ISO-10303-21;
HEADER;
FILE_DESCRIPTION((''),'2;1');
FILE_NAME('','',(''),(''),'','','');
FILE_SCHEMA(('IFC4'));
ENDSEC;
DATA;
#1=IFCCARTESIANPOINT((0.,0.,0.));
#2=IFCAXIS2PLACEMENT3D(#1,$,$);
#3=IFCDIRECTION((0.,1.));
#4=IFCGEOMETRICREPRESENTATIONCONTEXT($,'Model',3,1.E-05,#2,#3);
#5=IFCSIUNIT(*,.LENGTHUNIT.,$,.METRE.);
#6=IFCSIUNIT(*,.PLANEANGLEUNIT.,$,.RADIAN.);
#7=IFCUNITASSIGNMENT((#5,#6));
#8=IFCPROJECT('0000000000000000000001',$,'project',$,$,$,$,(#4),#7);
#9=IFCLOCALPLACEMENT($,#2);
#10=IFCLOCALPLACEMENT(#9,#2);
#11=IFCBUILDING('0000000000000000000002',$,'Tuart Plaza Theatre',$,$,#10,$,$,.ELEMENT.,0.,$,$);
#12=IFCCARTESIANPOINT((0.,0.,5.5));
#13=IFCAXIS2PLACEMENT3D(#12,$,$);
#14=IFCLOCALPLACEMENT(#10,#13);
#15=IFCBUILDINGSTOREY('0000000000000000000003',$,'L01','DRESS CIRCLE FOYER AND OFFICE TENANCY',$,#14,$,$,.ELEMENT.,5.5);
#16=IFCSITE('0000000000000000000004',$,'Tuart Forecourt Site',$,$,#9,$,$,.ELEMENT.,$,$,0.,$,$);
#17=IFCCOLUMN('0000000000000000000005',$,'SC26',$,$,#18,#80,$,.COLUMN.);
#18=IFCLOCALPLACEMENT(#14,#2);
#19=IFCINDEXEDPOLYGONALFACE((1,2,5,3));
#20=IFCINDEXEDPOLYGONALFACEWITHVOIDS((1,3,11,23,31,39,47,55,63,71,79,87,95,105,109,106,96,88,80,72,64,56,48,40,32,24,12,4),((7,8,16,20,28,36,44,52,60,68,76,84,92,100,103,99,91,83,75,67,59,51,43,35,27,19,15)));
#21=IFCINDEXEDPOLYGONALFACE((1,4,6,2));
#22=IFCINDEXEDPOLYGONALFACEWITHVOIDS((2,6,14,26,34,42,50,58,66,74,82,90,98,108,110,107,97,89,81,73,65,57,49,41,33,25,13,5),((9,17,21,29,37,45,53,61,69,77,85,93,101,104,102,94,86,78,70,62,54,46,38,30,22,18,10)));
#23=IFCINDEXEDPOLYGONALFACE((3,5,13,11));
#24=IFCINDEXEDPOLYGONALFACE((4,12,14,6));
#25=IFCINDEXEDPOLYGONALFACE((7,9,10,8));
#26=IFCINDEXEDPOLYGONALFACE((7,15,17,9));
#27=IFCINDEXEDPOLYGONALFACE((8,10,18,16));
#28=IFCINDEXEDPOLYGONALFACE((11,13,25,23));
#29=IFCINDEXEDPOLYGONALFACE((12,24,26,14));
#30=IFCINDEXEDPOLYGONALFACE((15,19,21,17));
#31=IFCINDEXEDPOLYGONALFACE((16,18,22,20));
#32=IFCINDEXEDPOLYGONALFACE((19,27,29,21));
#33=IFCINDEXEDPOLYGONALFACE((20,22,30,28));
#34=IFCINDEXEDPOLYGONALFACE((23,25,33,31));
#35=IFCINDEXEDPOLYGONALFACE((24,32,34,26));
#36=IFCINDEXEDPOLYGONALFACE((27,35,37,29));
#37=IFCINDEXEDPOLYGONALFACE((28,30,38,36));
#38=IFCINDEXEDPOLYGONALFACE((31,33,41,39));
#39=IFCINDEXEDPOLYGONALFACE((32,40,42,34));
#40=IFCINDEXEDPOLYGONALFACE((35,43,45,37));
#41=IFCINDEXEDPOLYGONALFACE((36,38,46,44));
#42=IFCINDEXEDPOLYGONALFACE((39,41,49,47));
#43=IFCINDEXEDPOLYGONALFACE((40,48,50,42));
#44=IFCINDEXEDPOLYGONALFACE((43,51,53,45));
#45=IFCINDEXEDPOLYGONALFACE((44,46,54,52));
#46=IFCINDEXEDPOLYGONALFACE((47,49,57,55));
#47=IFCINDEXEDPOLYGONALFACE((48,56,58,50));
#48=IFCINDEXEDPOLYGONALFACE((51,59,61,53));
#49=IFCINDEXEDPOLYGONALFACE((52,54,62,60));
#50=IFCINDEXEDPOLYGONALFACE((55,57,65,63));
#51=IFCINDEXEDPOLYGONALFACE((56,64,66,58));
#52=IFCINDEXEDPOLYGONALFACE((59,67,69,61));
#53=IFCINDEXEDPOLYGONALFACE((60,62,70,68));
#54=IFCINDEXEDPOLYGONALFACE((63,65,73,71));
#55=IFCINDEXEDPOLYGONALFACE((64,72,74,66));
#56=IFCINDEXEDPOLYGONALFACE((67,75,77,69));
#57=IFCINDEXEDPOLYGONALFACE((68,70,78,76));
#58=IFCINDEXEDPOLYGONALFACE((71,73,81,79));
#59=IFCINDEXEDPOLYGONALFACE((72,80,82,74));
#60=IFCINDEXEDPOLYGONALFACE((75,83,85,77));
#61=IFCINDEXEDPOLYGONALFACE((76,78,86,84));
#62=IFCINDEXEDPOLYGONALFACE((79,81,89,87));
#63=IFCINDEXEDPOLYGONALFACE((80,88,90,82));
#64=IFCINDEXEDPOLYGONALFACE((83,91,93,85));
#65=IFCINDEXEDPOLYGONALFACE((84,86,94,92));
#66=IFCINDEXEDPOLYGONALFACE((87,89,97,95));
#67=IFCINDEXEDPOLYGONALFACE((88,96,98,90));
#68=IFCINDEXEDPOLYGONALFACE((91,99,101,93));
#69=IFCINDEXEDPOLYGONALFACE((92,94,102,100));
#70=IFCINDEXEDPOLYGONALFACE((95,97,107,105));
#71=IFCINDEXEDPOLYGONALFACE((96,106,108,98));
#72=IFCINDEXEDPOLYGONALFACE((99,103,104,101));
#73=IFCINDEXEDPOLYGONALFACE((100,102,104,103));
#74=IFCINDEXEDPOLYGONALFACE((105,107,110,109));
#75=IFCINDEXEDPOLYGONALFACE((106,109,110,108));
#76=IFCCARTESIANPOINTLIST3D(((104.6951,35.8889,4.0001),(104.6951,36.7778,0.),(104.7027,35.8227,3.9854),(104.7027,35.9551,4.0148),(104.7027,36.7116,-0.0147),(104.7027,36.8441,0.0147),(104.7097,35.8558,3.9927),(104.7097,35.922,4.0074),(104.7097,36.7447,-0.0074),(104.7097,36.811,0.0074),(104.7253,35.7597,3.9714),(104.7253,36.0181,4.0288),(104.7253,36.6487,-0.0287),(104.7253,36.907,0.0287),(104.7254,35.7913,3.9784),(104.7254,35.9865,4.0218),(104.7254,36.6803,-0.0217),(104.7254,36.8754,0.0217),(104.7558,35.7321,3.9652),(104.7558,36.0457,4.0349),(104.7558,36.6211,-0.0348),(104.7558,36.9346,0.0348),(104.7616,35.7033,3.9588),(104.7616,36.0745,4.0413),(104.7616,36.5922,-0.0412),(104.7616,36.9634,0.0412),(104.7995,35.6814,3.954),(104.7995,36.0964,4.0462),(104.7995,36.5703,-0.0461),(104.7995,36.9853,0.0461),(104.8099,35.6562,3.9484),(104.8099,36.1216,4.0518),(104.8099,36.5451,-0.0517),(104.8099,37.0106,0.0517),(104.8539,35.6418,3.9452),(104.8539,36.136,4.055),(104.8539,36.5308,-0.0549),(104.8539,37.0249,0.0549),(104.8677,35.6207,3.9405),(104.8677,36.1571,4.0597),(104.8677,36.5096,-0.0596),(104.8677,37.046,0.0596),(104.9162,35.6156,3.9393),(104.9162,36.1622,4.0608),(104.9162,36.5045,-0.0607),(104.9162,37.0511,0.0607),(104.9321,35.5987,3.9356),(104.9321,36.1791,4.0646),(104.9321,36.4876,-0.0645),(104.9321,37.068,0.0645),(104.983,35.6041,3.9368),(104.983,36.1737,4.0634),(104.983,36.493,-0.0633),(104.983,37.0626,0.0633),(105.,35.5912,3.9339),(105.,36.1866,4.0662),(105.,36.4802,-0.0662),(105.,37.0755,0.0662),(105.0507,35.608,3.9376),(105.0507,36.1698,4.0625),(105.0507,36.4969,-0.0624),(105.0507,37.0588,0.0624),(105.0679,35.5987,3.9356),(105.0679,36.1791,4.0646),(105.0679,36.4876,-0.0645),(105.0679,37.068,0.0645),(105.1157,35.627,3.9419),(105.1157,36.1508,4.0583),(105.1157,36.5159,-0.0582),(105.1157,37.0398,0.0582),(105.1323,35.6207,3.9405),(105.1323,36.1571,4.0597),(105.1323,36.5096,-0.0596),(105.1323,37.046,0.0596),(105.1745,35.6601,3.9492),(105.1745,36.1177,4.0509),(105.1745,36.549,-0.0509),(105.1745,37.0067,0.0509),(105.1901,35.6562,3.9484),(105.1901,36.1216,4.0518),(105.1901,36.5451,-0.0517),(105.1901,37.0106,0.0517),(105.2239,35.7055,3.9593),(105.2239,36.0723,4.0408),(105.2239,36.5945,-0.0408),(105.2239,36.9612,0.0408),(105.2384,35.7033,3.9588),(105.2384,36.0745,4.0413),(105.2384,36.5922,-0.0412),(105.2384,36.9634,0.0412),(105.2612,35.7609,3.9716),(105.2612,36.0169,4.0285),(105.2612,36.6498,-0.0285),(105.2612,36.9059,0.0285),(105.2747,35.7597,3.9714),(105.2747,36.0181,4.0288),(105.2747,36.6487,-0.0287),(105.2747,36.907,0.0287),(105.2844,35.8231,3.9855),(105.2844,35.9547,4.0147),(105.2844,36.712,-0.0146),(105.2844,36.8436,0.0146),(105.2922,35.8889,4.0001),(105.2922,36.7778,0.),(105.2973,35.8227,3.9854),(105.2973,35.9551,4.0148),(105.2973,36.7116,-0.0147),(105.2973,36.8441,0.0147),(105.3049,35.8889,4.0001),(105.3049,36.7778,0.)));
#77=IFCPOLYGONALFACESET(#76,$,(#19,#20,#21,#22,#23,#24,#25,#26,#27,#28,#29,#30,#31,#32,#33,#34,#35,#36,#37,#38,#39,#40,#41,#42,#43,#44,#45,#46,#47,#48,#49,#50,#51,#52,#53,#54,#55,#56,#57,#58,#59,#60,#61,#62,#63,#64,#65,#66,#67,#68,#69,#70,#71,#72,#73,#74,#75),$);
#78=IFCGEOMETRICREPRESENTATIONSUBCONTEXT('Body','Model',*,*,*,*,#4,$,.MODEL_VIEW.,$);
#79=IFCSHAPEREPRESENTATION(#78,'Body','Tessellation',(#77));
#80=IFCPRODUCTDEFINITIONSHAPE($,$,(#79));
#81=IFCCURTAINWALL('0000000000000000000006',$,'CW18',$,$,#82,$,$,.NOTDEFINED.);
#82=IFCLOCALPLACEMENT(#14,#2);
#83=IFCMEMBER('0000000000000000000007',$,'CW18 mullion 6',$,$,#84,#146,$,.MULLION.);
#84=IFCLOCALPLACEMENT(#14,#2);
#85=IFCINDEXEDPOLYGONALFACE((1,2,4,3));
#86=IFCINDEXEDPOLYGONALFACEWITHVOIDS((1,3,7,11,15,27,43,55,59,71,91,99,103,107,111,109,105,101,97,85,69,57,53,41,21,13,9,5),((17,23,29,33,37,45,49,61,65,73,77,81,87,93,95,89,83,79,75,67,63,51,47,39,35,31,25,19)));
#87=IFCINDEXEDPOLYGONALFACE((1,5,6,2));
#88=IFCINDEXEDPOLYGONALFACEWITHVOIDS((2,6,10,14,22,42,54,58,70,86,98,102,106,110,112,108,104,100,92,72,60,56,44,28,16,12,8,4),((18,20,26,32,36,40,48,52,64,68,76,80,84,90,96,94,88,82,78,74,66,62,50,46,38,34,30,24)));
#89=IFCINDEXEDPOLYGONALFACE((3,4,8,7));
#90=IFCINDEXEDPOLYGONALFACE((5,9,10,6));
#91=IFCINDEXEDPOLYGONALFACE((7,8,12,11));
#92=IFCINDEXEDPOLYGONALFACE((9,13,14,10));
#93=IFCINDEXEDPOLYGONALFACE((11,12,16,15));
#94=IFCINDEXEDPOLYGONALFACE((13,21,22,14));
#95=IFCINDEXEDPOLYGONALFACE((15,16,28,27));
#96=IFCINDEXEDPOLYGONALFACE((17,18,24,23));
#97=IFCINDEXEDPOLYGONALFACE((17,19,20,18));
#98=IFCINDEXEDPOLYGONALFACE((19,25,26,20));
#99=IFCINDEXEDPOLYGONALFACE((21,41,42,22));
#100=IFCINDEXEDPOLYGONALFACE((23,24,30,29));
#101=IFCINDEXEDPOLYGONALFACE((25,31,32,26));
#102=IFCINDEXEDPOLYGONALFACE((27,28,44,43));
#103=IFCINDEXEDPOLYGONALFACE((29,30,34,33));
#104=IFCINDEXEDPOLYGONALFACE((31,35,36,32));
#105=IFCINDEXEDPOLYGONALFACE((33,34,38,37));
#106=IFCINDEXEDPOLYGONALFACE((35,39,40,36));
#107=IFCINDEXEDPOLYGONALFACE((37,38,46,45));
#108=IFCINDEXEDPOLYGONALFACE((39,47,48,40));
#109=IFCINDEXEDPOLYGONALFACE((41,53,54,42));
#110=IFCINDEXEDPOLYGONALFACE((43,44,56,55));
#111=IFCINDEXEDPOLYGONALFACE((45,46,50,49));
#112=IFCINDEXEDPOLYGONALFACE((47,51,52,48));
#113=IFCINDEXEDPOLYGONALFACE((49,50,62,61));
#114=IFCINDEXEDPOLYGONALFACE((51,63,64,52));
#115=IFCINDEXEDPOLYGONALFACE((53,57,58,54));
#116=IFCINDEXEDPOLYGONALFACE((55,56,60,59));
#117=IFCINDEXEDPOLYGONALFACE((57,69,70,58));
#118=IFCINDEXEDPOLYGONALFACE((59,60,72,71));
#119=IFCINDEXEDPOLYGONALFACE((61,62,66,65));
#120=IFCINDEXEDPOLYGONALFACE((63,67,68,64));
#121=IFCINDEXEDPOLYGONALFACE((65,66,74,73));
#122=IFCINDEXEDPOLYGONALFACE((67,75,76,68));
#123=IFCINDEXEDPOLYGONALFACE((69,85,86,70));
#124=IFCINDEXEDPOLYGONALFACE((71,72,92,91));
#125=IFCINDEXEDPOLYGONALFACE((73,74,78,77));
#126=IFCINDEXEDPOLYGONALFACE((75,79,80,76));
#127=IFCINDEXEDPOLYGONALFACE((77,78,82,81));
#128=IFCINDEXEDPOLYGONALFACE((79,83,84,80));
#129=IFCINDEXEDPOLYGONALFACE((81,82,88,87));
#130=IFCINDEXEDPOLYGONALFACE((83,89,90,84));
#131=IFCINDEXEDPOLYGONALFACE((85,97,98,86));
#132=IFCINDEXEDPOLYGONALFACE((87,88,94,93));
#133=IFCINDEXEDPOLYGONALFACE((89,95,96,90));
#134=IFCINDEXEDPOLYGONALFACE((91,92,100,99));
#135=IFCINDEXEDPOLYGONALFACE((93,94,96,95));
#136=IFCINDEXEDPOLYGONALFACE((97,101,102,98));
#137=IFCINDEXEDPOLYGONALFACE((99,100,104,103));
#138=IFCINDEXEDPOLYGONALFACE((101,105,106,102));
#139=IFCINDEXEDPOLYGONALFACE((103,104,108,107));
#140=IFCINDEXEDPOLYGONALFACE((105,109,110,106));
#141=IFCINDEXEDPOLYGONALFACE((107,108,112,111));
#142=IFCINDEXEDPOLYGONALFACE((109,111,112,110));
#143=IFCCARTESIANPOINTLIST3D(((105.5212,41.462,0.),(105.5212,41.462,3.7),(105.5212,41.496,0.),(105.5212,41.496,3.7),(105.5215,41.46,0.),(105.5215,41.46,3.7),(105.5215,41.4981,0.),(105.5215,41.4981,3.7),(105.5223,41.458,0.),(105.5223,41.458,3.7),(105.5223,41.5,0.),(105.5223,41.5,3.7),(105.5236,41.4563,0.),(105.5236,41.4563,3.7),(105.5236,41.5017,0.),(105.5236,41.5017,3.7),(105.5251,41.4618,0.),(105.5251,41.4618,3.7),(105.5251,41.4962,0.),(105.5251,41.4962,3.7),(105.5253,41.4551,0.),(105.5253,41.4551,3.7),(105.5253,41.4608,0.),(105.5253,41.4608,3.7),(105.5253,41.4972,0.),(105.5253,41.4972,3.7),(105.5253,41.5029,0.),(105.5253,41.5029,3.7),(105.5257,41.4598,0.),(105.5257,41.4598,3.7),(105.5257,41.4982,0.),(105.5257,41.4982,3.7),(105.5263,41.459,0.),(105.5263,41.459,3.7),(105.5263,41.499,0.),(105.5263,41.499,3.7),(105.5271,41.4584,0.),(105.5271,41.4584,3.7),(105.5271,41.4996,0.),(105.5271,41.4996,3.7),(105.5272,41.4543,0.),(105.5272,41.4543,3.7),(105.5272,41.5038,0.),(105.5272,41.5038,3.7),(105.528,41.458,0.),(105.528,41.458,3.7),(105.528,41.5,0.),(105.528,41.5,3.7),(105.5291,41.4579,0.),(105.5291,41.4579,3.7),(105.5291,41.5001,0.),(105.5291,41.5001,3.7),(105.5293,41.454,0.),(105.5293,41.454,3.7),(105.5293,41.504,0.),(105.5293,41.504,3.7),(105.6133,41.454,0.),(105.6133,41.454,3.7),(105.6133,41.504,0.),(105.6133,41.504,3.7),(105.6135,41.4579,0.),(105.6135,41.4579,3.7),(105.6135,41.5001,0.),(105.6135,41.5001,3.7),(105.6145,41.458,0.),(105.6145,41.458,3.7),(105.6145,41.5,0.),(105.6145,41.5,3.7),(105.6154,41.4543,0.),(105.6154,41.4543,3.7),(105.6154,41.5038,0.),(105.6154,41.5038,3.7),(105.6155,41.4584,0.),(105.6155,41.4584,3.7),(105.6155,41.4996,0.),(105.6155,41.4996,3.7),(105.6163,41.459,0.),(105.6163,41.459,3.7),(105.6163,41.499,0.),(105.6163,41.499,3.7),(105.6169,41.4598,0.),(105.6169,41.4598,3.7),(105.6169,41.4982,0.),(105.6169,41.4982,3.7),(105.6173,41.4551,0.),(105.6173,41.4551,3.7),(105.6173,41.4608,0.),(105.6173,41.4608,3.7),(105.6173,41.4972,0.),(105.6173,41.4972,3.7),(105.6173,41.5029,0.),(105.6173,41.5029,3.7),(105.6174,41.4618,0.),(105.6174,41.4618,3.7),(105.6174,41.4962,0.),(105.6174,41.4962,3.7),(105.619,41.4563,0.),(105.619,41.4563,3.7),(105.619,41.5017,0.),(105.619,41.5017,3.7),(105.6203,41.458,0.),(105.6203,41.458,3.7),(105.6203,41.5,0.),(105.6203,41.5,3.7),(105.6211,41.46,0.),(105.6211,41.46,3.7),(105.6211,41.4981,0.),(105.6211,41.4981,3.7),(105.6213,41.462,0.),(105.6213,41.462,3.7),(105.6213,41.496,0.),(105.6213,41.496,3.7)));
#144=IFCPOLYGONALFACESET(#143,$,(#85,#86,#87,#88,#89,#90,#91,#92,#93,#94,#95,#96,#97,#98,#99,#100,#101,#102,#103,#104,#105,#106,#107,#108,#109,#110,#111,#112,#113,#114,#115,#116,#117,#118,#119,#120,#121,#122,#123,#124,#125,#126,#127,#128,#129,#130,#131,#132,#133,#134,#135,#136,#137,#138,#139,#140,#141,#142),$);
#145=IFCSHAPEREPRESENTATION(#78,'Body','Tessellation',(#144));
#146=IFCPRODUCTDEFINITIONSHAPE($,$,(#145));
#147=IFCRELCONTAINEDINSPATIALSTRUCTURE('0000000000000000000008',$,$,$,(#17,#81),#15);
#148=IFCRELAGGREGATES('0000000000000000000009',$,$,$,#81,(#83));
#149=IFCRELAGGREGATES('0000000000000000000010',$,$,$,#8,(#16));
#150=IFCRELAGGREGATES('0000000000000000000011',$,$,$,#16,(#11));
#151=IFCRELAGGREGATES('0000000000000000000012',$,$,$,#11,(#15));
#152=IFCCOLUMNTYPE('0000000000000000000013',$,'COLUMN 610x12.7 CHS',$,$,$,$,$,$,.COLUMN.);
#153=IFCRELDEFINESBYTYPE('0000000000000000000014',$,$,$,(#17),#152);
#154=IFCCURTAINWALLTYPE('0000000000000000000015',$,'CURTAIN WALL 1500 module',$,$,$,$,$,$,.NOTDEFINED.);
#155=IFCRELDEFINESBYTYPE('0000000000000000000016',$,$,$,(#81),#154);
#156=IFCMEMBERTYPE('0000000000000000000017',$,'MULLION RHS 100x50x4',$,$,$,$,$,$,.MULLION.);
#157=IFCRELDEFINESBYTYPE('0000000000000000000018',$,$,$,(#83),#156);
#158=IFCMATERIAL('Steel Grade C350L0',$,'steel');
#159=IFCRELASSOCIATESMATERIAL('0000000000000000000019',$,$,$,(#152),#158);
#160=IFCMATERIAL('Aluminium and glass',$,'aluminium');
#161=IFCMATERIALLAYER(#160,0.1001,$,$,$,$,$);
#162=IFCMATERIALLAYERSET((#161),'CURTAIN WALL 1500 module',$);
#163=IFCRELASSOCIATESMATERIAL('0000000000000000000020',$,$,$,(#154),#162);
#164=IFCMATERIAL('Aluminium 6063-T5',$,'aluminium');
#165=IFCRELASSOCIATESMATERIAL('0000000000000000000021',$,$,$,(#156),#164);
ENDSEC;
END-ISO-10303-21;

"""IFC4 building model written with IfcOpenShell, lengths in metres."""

from ifc_helpers import new_model, si_unit, direction, frame, origin, origin_2d, place, context, subcontext, project, spatial, hollow_rectangle, hollow_circle, extrude, material, layer, layer_set, material_profile, profile_set, type_object, element, aggregate, save


model = new_model("IFC4")

# Units and contexts
model_context = context("Model", 3, precision=1e-05, world=origin(), true_north=direction((0.0, 1.0)))
body_context = subcontext(model_context, "Body", "Model", "MODEL_VIEW")
ifc_project = project(units=[si_unit("LENGTHUNIT", "METRE"), si_unit("PLANEANGLEUNIT", "RADIAN")], contexts=[model_context])

# Site, building, storey
site_placement = place(None, origin())
site = spatial("IfcSite", under=ifc_project, at=site_placement, Name="Tuart Forecourt Site", CompositionType="ELEMENT", RefElevation=0.0)
building_placement = place(site_placement, origin())
building = spatial("IfcBuilding", under=site, at=building_placement, Name="Tuart Plaza Theatre", CompositionType="ELEMENT", ElevationOfRefHeight=0.0)
storey_placement = place(building_placement, frame((0.0, 0.0, 5.5)))
storey = spatial("IfcBuildingStorey", under=building, at=storey_placement, Name="L01", Description="DRESS CIRCLE FOYER AND OFFICE TENANCY", CompositionType="ELEMENT", Elevation=5.5)

# Column
ifc_material_1 = material(Name="Steel Grade C350L0", Category="steel")
ifc_material_profile_1 = material_profile(ifc_material_1, hollow_circle(Radius=0.3049, WallThickness=0.0127, at=origin_2d()), Name="610x12.7 CHS")
ifc_profile_set_1 = profile_set([ifc_material_profile_1], Name="Steel Grade C350L0")
column_type = type_object("IfcColumnType", Name="COLUMN 610x12.7 CHS", PredefinedType="COLUMN", material=ifc_profile_set_1)
column_placement = place(storey_placement, frame((105.0, 36.7778, 0.0), z_axis=(0.0, -0.216937, 0.976186), x_axis=(1.0, 0.0, 0.0)))
element("IfcColumn", 1, at=column_placement, inside=storey, type_object=column_type, Name="SC26", PredefinedType="COLUMN", context=body_context, shape_type="SweptSolid", body=[
    extrude(hollow_circle(Radius=0.3049, WallThickness=0.0127, at=origin_2d()), origin(), (0.0, 0.0, 1.0), 4.0977),
])

# Curtain wall, member
ifc_material_2 = material(Name="Aluminium and glass", Category="aluminium")
ifc_layer_1 = layer(ifc_material_2, 0.1001)
ifc_layer_set_1 = layer_set([ifc_layer_1], Name="CURTAIN WALL 1500 module")
curtain_wall_type = type_object("IfcCurtainWallType", Name="CURTAIN WALL 1500 module", PredefinedType="NOTDEFINED", material=ifc_layer_set_1)
curtain_wall_1_placement = place(storey_placement, origin())
curtain_wall_1 = element("IfcCurtainWall", 2, at=curtain_wall_1_placement, inside=storey, type_object=curtain_wall_type, Name="CW18", PredefinedType="NOTDEFINED")
ifc_material_3 = material(Name="Aluminium 6063-T5", Category="aluminium")
ifc_material_profile_2 = material_profile(ifc_material_3, hollow_rectangle(XDim=0.05, YDim=0.1001, WallThickness=0.0039, InnerFilletRadius=0.0039, OuterFilletRadius=0.0081, at=origin_2d()), Name="RHS 100x50x4")
ifc_profile_set_2 = profile_set([ifc_material_profile_2], Name="Aluminium 6063-T5")
member_type_1 = type_object("IfcMemberType", Name="MULLION RHS 100x50x4", PredefinedType="MULLION", material=ifc_profile_set_2)
member_1_placement = place(storey_placement, frame((105.5713, 41.479, 0.0), z_axis=(0.0, 0.0, 1.0), x_axis=(0.0, 1.0, 0.0)))
member_1 = element("IfcMember", 3, at=member_1_placement, type_object=member_type_1, Name="CW18 mullion 6", PredefinedType="MULLION", context=body_context, shape_type="SweptSolid", body=[
    extrude(hollow_rectangle(XDim=0.05, YDim=0.1001, WallThickness=0.0039, InnerFilletRadius=0.0039, OuterFilletRadius=0.0081, at=origin_2d()), origin(), (0.0, 0.0, 1.0), 3.7),
])

aggregate(curtain_wall_1, [member_1])

save(model, "model.ifc")
